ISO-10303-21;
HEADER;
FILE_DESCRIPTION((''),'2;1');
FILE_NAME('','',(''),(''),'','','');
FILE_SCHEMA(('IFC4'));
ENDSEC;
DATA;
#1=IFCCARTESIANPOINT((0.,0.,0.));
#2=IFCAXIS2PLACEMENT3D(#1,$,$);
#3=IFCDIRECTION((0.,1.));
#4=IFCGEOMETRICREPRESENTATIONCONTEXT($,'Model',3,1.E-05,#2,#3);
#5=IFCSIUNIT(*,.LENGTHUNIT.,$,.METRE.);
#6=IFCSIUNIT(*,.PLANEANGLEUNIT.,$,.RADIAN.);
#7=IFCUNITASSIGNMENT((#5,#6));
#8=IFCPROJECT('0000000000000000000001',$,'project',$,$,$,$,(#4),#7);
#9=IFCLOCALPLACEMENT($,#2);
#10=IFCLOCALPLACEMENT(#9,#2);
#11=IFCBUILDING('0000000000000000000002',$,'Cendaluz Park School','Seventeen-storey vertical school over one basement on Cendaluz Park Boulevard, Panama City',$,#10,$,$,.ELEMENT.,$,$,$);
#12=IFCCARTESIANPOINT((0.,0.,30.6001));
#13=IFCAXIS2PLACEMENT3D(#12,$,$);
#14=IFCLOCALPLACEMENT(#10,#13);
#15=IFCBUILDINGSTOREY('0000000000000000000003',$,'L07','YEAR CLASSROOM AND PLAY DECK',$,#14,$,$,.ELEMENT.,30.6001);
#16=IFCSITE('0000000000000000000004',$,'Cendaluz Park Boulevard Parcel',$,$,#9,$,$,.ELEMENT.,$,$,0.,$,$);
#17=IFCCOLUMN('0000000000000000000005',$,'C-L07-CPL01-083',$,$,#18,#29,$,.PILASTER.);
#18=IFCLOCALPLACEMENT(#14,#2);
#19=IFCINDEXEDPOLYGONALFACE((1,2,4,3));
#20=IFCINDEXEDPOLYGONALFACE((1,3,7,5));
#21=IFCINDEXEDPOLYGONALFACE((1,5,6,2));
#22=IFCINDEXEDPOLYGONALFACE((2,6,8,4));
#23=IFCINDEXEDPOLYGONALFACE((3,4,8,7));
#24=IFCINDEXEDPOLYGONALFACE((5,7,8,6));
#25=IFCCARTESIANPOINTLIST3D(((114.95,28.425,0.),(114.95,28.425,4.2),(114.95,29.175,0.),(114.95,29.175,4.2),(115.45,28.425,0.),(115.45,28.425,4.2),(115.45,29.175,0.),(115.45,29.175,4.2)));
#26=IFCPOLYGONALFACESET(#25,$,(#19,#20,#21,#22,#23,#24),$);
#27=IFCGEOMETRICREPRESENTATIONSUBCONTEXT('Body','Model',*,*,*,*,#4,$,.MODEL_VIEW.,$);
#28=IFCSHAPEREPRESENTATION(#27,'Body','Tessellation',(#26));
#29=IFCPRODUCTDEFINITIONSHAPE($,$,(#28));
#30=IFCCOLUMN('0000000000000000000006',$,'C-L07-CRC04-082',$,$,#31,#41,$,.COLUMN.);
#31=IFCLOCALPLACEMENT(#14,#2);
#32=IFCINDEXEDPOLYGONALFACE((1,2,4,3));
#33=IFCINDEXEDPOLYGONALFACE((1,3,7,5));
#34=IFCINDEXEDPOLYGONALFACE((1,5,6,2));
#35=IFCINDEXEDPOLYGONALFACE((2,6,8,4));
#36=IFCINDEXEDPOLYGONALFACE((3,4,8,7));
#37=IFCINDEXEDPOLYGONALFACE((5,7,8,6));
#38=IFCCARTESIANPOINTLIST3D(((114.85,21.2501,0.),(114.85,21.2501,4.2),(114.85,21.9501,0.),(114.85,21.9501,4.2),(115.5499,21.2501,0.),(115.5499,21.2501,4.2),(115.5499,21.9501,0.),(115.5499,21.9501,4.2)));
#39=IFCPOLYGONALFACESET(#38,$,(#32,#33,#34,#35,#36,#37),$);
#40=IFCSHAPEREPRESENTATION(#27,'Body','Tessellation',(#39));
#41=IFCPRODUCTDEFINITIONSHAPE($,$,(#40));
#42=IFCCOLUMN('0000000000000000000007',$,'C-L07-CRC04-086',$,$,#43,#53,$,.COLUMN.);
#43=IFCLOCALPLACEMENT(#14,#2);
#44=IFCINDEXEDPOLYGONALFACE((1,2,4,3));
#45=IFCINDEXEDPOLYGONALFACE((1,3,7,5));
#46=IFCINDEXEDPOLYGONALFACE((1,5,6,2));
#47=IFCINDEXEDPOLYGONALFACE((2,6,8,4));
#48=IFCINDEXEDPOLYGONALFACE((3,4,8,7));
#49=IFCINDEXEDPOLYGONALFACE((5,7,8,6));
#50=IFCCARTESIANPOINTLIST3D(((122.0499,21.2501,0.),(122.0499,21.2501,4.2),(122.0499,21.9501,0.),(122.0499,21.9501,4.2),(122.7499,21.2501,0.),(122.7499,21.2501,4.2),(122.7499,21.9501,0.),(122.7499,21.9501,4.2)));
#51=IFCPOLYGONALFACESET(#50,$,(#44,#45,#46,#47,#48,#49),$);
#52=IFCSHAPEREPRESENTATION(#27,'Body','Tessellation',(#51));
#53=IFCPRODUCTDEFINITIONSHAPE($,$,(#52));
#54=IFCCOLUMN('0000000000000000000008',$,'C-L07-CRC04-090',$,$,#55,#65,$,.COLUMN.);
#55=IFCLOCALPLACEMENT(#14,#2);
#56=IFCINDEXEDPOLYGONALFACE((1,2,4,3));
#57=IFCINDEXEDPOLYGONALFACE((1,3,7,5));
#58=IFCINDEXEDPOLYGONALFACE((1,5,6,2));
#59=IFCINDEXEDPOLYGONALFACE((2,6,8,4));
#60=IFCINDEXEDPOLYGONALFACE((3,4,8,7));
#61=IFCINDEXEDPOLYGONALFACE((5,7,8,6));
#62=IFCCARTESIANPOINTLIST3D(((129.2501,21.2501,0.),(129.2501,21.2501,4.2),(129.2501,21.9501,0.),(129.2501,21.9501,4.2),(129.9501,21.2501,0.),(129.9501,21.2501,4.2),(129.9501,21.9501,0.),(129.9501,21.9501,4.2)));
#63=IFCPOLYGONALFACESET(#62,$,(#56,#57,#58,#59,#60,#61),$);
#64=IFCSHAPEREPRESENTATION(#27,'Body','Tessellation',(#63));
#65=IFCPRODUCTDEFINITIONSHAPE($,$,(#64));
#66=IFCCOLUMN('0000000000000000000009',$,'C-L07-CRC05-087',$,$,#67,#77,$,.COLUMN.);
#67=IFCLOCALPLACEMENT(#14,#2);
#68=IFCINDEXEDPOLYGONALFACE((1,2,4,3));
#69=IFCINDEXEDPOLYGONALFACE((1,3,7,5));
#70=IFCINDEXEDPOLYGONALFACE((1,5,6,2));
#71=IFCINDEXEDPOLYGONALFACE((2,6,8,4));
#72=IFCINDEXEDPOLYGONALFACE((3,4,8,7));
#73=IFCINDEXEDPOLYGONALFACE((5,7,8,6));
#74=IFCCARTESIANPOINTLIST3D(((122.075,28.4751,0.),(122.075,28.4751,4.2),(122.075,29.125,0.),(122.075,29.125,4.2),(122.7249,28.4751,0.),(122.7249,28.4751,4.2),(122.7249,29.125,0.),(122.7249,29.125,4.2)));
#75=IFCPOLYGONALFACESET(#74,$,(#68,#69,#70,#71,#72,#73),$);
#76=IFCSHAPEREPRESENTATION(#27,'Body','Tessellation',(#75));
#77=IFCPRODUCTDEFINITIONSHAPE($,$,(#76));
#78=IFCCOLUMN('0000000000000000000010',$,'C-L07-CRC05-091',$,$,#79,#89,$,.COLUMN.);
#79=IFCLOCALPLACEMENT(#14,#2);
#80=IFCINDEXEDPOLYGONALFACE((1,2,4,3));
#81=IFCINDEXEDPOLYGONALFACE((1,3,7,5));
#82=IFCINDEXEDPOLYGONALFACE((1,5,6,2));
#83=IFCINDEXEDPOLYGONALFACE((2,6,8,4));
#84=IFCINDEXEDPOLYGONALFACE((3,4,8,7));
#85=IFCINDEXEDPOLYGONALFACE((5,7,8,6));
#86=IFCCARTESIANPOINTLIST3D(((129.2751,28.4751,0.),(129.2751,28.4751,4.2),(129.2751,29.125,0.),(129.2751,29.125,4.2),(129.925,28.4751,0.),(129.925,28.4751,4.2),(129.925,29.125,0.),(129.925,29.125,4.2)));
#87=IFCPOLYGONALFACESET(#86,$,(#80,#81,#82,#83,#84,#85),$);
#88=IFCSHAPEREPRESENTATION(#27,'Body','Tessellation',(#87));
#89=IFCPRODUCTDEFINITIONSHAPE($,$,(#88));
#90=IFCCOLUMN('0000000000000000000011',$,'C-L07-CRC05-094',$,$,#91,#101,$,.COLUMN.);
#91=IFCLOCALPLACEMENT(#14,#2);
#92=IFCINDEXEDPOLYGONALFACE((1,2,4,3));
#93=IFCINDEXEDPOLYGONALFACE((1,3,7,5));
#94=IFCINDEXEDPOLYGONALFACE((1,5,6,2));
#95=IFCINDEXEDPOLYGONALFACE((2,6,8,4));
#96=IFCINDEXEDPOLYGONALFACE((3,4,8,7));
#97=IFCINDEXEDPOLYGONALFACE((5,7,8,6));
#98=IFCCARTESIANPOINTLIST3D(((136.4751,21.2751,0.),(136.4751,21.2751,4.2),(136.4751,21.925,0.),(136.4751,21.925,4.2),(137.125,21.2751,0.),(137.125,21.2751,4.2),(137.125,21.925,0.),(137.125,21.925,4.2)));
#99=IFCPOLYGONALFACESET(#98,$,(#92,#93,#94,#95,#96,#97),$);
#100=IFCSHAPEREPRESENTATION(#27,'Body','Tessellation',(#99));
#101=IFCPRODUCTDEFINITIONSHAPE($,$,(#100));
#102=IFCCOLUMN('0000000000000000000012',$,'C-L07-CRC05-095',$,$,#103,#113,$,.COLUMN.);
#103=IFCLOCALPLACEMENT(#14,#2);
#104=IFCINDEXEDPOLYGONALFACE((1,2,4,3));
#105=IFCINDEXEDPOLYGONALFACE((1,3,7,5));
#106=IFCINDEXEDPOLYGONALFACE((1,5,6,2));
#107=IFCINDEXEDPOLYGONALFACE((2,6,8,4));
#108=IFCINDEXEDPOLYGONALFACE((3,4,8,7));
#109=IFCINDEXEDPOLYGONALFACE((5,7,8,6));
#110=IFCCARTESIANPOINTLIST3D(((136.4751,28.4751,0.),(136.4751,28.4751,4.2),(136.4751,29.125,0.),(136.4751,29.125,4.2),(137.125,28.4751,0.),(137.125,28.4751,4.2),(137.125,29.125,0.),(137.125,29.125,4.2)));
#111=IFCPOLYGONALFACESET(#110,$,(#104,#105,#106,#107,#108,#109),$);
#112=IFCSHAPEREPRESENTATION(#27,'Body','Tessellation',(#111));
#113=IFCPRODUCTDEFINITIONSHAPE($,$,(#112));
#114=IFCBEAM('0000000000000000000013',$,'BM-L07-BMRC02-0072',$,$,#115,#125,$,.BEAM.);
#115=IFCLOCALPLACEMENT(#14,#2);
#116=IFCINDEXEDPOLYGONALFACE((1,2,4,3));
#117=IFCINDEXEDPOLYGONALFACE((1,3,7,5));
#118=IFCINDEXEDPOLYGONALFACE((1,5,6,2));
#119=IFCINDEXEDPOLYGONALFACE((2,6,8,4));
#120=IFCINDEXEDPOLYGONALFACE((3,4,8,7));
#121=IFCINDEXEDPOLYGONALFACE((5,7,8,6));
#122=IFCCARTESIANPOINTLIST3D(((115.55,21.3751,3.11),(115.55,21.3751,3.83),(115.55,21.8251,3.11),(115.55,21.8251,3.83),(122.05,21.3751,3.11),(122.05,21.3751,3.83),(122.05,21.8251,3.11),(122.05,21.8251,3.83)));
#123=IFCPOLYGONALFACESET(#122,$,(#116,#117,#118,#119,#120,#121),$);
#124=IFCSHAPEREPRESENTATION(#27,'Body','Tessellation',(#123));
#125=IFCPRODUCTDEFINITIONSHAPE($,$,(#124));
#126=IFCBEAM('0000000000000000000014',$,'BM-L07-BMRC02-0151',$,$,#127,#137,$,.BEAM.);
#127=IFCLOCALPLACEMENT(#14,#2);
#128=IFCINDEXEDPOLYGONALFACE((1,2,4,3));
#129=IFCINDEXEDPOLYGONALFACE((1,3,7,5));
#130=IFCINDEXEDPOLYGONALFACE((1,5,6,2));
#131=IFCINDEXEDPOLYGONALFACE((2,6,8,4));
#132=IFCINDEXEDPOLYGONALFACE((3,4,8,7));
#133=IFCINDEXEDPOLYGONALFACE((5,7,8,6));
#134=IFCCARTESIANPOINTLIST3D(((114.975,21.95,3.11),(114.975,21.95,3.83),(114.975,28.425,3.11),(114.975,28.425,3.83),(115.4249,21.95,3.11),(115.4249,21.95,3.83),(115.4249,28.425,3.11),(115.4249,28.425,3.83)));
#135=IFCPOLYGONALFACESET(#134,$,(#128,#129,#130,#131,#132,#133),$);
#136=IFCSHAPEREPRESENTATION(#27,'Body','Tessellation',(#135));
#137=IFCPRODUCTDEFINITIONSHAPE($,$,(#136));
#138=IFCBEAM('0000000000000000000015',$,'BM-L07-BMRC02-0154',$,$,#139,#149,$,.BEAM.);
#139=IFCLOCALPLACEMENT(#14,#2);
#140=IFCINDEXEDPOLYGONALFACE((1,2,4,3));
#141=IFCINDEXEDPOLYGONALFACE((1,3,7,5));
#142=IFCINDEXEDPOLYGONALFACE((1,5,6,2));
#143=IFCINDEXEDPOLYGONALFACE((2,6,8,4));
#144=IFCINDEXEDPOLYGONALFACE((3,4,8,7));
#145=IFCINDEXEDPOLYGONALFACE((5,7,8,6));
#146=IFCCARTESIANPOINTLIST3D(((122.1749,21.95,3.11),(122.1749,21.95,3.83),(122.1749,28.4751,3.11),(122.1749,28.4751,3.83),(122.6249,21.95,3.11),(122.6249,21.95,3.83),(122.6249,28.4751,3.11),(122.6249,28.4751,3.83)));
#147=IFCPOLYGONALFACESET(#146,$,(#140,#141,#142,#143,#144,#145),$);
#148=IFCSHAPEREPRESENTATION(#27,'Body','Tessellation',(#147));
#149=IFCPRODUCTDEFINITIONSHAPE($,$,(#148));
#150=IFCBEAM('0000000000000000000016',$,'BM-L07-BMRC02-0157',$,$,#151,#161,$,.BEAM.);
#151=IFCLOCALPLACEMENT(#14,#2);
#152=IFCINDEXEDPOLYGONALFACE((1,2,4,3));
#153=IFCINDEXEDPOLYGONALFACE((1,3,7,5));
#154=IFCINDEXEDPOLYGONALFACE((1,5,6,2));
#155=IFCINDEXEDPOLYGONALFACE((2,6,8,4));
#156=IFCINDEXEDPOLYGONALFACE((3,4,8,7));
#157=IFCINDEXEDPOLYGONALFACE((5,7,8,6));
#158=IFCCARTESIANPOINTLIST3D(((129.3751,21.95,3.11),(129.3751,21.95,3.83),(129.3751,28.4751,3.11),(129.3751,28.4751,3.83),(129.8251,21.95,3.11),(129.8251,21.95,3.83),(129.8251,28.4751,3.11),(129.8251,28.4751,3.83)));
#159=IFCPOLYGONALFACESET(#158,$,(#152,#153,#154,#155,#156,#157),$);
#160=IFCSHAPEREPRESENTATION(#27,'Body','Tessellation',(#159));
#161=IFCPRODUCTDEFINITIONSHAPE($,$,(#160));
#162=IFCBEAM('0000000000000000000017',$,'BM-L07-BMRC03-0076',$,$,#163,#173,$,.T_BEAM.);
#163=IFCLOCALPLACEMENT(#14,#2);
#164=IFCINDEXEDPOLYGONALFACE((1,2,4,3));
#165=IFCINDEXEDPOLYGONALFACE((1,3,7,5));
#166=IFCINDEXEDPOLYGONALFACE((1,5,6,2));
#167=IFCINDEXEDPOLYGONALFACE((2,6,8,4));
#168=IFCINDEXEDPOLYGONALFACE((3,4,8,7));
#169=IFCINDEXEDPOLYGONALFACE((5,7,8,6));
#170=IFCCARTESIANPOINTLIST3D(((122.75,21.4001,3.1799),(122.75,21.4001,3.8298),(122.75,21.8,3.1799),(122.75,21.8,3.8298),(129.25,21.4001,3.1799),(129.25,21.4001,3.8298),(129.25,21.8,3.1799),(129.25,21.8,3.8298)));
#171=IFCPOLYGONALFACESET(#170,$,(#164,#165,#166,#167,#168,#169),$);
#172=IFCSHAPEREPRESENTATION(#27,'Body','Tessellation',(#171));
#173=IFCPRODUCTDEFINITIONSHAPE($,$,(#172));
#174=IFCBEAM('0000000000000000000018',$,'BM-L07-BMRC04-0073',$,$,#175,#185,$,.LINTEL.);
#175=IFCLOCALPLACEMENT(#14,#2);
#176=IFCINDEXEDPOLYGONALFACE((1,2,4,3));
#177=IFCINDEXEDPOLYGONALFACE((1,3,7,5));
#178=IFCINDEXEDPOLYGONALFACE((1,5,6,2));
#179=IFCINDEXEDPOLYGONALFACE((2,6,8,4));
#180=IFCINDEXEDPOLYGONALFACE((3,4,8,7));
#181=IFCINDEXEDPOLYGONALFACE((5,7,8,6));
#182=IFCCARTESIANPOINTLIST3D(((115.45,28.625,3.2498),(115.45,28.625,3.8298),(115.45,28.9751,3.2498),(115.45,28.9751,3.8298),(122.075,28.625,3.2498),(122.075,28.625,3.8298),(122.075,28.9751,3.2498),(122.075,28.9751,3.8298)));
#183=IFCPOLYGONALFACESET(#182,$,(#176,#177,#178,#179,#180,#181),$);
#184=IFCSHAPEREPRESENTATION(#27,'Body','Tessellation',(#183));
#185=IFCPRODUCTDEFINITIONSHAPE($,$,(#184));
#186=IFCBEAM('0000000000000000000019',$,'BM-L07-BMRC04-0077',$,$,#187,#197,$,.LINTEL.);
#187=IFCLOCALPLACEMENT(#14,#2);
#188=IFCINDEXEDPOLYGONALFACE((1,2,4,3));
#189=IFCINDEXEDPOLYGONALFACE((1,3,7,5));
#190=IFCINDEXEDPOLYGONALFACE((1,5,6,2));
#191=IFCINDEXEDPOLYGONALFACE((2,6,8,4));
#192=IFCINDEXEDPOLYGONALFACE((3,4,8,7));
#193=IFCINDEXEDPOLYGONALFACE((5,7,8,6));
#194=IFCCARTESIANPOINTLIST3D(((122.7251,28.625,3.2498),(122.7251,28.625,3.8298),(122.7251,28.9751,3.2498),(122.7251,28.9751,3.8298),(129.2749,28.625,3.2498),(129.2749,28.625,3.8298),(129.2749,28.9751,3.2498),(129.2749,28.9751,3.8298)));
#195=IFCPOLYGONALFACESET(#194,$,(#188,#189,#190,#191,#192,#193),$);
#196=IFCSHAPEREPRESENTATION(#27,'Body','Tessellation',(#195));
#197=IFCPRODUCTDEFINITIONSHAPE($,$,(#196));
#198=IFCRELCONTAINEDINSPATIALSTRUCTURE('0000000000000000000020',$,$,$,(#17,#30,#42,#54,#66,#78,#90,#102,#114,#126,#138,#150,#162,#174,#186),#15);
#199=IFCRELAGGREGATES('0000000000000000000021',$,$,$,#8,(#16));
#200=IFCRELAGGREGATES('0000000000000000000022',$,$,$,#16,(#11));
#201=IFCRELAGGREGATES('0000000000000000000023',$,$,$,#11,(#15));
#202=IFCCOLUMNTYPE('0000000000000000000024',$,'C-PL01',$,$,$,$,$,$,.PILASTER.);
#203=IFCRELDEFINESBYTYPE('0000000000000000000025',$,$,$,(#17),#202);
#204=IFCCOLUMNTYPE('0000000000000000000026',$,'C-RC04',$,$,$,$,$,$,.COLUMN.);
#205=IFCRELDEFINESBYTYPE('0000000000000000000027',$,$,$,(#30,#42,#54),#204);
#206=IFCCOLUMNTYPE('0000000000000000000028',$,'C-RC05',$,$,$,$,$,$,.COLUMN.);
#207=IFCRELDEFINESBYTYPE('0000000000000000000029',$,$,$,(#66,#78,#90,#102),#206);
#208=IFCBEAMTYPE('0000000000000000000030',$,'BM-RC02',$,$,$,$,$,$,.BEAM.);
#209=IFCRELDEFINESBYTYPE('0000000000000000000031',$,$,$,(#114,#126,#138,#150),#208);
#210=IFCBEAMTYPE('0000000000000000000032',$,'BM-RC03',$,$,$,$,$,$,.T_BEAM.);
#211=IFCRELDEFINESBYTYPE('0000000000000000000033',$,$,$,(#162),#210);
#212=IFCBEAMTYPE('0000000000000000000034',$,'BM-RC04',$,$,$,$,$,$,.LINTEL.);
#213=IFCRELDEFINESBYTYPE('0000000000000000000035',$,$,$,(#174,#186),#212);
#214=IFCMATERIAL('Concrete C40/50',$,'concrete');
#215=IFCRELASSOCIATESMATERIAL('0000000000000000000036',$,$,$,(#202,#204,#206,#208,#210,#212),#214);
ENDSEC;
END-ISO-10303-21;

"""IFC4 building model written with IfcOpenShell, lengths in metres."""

from ifc_helpers import new_model, si_unit, direction, frame, origin, origin_2d, place, context, subcontext, project, spatial, rectangle, extrude, material, material_profile, profile_set, type_object, element, save


model = new_model("IFC4")

# Units and contexts
model_context = context("Model", 3, precision=1e-05, world=origin(), true_north=direction((0.0, 1.0)))
body_context = subcontext(model_context, "Body", "Model", "MODEL_VIEW")
ifc_project = project(units=[si_unit("LENGTHUNIT", "METRE"), si_unit("PLANEANGLEUNIT", "RADIAN")], contexts=[model_context])

# Site, building, storey
site_placement = place(None, origin())
site = spatial("IfcSite", under=ifc_project, at=site_placement, Name="Cendaluz Park Boulevard Parcel", CompositionType="ELEMENT", RefElevation=0.0)
building_placement = place(site_placement, origin())
building = spatial("IfcBuilding", under=site, at=building_placement, Name="Cendaluz Park School", Description="Seventeen-storey vertical school over one basement on Cendaluz Park Boulevard, Panama City", CompositionType="ELEMENT")
storey_placement = place(building_placement, frame((0.0, 0.0, 30.6001)))
storey = spatial("IfcBuildingStorey", under=building, at=storey_placement, Name="L07", Description="YEAR CLASSROOM AND PLAY DECK", CompositionType="ELEMENT", Elevation=30.6001)

# Columns
ifc_material_1 = material(Name="Concrete C40/50", Category="concrete")
ifc_material_profile_1 = material_profile(ifc_material_1, rectangle(XDim=0.5, YDim=0.75, at=origin_2d()), Name="RC 500x750", Category="concrete")
ifc_profile_set_1 = profile_set([ifc_material_profile_1], Name="Concrete C40/50")
column_type_1 = type_object("IfcColumnType", Name="C-PL01", PredefinedType="PILASTER", material=ifc_profile_set_1)
column_placement = place(storey_placement, frame((115.2, 28.8, 0.0), z_axis=(0.0, 0.0, 1.0), x_axis=(1.0, 0.0, 0.0)))
element("IfcColumn", 1, at=column_placement, inside=storey, type_object=column_type_1, Name="C-L07-CPL01-083", PredefinedType="PILASTER", context=body_context, shape_type="SweptSolid", body=[
    extrude(rectangle(XDim=0.5, YDim=0.75, at=origin_2d()), origin(), (0.0, 0.0, 1.0), 4.2),
])
ifc_material_profile_2 = material_profile(ifc_material_1, rectangle(XDim=0.7, YDim=0.7, at=origin_2d()), Name="RC 700x700", Category="concrete")
ifc_profile_set_2 = profile_set([ifc_material_profile_2], Name="Concrete C40/50")
column_type_2 = type_object("IfcColumnType", Name="C-RC04", PredefinedType="COLUMN", material=ifc_profile_set_2)
for number, where, z_axis, x_axis, name in (
    (2, (115.2, 21.6001, 0.0), (0.0, 0.0, 1.0), (1.0, 0.0, 0.0), "C-L07-CRC04-082"),
    (3, (122.3999, 21.6001, 0.0), (0.0, 0.0, 1.0), (1.0, 0.0, 0.0), "C-L07-CRC04-086"),
    (4, (129.6001, 21.6001, 0.0), (0.0, 0.0, 1.0), (1.0, 0.0, 0.0), "C-L07-CRC04-090"),
):
    element("IfcColumn", number, at=place(storey_placement, frame(where, z_axis=z_axis, x_axis=x_axis)), inside=storey, type_object=column_type_2, Name=name, PredefinedType="COLUMN", context=body_context, shape_type="SweptSolid", body=[
        extrude(rectangle(XDim=0.7, YDim=0.7, at=origin_2d()), origin(), (0.0, 0.0, 1.0), 4.2),
    ])
ifc_material_profile_3 = material_profile(ifc_material_1, rectangle(XDim=0.6499, YDim=0.6499, at=origin_2d()), Name="RC 650x650", Category="concrete")
ifc_profile_set_3 = profile_set([ifc_material_profile_3], Name="Concrete C40/50")
column_type_3 = type_object("IfcColumnType", Name="C-RC05", PredefinedType="COLUMN", material=ifc_profile_set_3)
for number, where, z_axis, x_axis, name in (
    (5, (122.3999, 28.8, 0.0), (0.0, 0.0, 1.0), (1.0, 0.0, 0.0), "C-L07-CRC05-087"),
    (6, (129.6001, 28.8, 0.0), (0.0, 0.0, 1.0), (1.0, 0.0, 0.0), "C-L07-CRC05-091"),
    (7, (136.8, 21.6001, 0.0), (0.0, 0.0, 1.0), (1.0, 0.0, 0.0), "C-L07-CRC05-094"),
    (8, (136.8, 28.8, 0.0), (0.0, 0.0, 1.0), (1.0, 0.0, 0.0), "C-L07-CRC05-095"),
):
    element("IfcColumn", number, at=place(storey_placement, frame(where, z_axis=z_axis, x_axis=x_axis)), inside=storey, type_object=column_type_3, Name=name, PredefinedType="COLUMN", context=body_context, shape_type="SweptSolid", body=[
        extrude(rectangle(XDim=0.6499, YDim=0.6499, at=origin_2d()), origin(), (0.0, 0.0, 1.0), 4.2),
    ])

# Beams
ifc_material_profile_4 = material_profile(ifc_material_1, rectangle(XDim=0.45, YDim=0.72, at=origin_2d()), Name="RC 450x720", Category="concrete")
ifc_profile_set_4 = profile_set([ifc_material_profile_4], Name="Concrete C40/50")
beam_type_1 = type_object("IfcBeamType", Name="BM-RC02", PredefinedType="BEAM", material=ifc_profile_set_4)
beam_1_placement = place(storey_placement, frame((115.55, 21.6001, 3.47), z_axis=(1.0, 0.0, 0.0), x_axis=(0.0, 1.0, 0.0)))
element("IfcBeam", 9, at=beam_1_placement, inside=storey, type_object=beam_type_1, Name="BM-L07-BMRC02-0072", PredefinedType="BEAM", context=body_context, shape_type="SweptSolid", body=[
    extrude(rectangle(XDim=0.45, YDim=0.72, at=origin_2d()), origin(), (0.0, 0.0, 1.0), 6.5),
])
beam_2_placement = place(storey_placement, frame((115.2, 21.95, 3.47), z_axis=(0.0, 1.0, 0.0), x_axis=(-1.0, 0.0, 0.0)))
element("IfcBeam", 10, at=beam_2_placement, inside=storey, type_object=beam_type_1, Name="BM-L07-BMRC02-0151", PredefinedType="BEAM", context=body_context, shape_type="SweptSolid", body=[
    extrude(rectangle(XDim=0.45, YDim=0.72, at=origin_2d()), origin(), (0.0, 0.0, 1.0), 6.4751),
])
for number, where, z_axis, x_axis, name in (
    (11, (122.3999, 21.95, 3.47), (0.0, 1.0, 0.0), (-1.0, 0.0, 0.0), "BM-L07-BMRC02-0154"),
    (12, (129.6001, 21.95, 3.47), (0.0, 1.0, 0.0), (-1.0, 0.0, 0.0), "BM-L07-BMRC02-0157"),
):
    element("IfcBeam", number, at=place(storey_placement, frame(where, z_axis=z_axis, x_axis=x_axis)), inside=storey, type_object=beam_type_1, Name=name, PredefinedType="BEAM", context=body_context, shape_type="SweptSolid", body=[
        extrude(rectangle(XDim=0.45, YDim=0.72, at=origin_2d()), origin(), (0.0, 0.0, 1.0), 6.5251),
    ])
ifc_material_profile_5 = material_profile(ifc_material_1, rectangle(XDim=0.3999, YDim=0.6499, at=origin_2d()), Name="RC 400x650", Category="concrete")
ifc_profile_set_5 = profile_set([ifc_material_profile_5], Name="Concrete C40/50")
beam_type_2 = type_object("IfcBeamType", Name="BM-RC03", PredefinedType="T_BEAM", material=ifc_profile_set_5)
beam_3_placement = place(storey_placement, frame((122.75, 21.6001, 3.5049), z_axis=(1.0, 0.0, 0.0), x_axis=(0.0, 1.0, 0.0)))
element("IfcBeam", 13, at=beam_3_placement, inside=storey, type_object=beam_type_2, Name="BM-L07-BMRC03-0076", PredefinedType="T_BEAM", context=body_context, shape_type="SweptSolid", body=[
    extrude(rectangle(XDim=0.3999, YDim=0.6499, at=origin_2d()), origin(), (0.0, 0.0, 1.0), 6.5),
])
ifc_material_profile_6 = material_profile(ifc_material_1, rectangle(XDim=0.3501, YDim=0.5801, at=origin_2d()), Name="RC 350x580", Category="concrete")
ifc_profile_set_6 = profile_set([ifc_material_profile_6], Name="Concrete C40/50")
beam_type_3 = type_object("IfcBeamType", Name="BM-RC04", PredefinedType="LINTEL", material=ifc_profile_set_6)
beam_4_placement = place(storey_placement, frame((115.45, 28.8, 3.5398), z_axis=(1.0, 0.0, 0.0), x_axis=(0.0, 1.0, 0.0)))
element("IfcBeam", 14, at=beam_4_placement, inside=storey, type_object=beam_type_3, Name="BM-L07-BMRC04-0073", PredefinedType="LINTEL", context=body_context, shape_type="SweptSolid", body=[
    extrude(rectangle(XDim=0.3501, YDim=0.5801, at=origin_2d()), origin(), (0.0, 0.0, 1.0), 6.625),
])
beam_5_placement = place(storey_placement, frame((122.7251, 28.8, 3.5398), z_axis=(1.0, 0.0, 0.0), x_axis=(0.0, 1.0, 0.0)))
element("IfcBeam", 15, at=beam_5_placement, inside=storey, type_object=beam_type_3, Name="BM-L07-BMRC04-0077", PredefinedType="LINTEL", context=body_context, shape_type="SweptSolid", body=[
    extrude(rectangle(XDim=0.3501, YDim=0.5801, at=origin_2d()), origin(), (0.0, 0.0, 1.0), 6.5498),
])

save(model, "model.ifc")
